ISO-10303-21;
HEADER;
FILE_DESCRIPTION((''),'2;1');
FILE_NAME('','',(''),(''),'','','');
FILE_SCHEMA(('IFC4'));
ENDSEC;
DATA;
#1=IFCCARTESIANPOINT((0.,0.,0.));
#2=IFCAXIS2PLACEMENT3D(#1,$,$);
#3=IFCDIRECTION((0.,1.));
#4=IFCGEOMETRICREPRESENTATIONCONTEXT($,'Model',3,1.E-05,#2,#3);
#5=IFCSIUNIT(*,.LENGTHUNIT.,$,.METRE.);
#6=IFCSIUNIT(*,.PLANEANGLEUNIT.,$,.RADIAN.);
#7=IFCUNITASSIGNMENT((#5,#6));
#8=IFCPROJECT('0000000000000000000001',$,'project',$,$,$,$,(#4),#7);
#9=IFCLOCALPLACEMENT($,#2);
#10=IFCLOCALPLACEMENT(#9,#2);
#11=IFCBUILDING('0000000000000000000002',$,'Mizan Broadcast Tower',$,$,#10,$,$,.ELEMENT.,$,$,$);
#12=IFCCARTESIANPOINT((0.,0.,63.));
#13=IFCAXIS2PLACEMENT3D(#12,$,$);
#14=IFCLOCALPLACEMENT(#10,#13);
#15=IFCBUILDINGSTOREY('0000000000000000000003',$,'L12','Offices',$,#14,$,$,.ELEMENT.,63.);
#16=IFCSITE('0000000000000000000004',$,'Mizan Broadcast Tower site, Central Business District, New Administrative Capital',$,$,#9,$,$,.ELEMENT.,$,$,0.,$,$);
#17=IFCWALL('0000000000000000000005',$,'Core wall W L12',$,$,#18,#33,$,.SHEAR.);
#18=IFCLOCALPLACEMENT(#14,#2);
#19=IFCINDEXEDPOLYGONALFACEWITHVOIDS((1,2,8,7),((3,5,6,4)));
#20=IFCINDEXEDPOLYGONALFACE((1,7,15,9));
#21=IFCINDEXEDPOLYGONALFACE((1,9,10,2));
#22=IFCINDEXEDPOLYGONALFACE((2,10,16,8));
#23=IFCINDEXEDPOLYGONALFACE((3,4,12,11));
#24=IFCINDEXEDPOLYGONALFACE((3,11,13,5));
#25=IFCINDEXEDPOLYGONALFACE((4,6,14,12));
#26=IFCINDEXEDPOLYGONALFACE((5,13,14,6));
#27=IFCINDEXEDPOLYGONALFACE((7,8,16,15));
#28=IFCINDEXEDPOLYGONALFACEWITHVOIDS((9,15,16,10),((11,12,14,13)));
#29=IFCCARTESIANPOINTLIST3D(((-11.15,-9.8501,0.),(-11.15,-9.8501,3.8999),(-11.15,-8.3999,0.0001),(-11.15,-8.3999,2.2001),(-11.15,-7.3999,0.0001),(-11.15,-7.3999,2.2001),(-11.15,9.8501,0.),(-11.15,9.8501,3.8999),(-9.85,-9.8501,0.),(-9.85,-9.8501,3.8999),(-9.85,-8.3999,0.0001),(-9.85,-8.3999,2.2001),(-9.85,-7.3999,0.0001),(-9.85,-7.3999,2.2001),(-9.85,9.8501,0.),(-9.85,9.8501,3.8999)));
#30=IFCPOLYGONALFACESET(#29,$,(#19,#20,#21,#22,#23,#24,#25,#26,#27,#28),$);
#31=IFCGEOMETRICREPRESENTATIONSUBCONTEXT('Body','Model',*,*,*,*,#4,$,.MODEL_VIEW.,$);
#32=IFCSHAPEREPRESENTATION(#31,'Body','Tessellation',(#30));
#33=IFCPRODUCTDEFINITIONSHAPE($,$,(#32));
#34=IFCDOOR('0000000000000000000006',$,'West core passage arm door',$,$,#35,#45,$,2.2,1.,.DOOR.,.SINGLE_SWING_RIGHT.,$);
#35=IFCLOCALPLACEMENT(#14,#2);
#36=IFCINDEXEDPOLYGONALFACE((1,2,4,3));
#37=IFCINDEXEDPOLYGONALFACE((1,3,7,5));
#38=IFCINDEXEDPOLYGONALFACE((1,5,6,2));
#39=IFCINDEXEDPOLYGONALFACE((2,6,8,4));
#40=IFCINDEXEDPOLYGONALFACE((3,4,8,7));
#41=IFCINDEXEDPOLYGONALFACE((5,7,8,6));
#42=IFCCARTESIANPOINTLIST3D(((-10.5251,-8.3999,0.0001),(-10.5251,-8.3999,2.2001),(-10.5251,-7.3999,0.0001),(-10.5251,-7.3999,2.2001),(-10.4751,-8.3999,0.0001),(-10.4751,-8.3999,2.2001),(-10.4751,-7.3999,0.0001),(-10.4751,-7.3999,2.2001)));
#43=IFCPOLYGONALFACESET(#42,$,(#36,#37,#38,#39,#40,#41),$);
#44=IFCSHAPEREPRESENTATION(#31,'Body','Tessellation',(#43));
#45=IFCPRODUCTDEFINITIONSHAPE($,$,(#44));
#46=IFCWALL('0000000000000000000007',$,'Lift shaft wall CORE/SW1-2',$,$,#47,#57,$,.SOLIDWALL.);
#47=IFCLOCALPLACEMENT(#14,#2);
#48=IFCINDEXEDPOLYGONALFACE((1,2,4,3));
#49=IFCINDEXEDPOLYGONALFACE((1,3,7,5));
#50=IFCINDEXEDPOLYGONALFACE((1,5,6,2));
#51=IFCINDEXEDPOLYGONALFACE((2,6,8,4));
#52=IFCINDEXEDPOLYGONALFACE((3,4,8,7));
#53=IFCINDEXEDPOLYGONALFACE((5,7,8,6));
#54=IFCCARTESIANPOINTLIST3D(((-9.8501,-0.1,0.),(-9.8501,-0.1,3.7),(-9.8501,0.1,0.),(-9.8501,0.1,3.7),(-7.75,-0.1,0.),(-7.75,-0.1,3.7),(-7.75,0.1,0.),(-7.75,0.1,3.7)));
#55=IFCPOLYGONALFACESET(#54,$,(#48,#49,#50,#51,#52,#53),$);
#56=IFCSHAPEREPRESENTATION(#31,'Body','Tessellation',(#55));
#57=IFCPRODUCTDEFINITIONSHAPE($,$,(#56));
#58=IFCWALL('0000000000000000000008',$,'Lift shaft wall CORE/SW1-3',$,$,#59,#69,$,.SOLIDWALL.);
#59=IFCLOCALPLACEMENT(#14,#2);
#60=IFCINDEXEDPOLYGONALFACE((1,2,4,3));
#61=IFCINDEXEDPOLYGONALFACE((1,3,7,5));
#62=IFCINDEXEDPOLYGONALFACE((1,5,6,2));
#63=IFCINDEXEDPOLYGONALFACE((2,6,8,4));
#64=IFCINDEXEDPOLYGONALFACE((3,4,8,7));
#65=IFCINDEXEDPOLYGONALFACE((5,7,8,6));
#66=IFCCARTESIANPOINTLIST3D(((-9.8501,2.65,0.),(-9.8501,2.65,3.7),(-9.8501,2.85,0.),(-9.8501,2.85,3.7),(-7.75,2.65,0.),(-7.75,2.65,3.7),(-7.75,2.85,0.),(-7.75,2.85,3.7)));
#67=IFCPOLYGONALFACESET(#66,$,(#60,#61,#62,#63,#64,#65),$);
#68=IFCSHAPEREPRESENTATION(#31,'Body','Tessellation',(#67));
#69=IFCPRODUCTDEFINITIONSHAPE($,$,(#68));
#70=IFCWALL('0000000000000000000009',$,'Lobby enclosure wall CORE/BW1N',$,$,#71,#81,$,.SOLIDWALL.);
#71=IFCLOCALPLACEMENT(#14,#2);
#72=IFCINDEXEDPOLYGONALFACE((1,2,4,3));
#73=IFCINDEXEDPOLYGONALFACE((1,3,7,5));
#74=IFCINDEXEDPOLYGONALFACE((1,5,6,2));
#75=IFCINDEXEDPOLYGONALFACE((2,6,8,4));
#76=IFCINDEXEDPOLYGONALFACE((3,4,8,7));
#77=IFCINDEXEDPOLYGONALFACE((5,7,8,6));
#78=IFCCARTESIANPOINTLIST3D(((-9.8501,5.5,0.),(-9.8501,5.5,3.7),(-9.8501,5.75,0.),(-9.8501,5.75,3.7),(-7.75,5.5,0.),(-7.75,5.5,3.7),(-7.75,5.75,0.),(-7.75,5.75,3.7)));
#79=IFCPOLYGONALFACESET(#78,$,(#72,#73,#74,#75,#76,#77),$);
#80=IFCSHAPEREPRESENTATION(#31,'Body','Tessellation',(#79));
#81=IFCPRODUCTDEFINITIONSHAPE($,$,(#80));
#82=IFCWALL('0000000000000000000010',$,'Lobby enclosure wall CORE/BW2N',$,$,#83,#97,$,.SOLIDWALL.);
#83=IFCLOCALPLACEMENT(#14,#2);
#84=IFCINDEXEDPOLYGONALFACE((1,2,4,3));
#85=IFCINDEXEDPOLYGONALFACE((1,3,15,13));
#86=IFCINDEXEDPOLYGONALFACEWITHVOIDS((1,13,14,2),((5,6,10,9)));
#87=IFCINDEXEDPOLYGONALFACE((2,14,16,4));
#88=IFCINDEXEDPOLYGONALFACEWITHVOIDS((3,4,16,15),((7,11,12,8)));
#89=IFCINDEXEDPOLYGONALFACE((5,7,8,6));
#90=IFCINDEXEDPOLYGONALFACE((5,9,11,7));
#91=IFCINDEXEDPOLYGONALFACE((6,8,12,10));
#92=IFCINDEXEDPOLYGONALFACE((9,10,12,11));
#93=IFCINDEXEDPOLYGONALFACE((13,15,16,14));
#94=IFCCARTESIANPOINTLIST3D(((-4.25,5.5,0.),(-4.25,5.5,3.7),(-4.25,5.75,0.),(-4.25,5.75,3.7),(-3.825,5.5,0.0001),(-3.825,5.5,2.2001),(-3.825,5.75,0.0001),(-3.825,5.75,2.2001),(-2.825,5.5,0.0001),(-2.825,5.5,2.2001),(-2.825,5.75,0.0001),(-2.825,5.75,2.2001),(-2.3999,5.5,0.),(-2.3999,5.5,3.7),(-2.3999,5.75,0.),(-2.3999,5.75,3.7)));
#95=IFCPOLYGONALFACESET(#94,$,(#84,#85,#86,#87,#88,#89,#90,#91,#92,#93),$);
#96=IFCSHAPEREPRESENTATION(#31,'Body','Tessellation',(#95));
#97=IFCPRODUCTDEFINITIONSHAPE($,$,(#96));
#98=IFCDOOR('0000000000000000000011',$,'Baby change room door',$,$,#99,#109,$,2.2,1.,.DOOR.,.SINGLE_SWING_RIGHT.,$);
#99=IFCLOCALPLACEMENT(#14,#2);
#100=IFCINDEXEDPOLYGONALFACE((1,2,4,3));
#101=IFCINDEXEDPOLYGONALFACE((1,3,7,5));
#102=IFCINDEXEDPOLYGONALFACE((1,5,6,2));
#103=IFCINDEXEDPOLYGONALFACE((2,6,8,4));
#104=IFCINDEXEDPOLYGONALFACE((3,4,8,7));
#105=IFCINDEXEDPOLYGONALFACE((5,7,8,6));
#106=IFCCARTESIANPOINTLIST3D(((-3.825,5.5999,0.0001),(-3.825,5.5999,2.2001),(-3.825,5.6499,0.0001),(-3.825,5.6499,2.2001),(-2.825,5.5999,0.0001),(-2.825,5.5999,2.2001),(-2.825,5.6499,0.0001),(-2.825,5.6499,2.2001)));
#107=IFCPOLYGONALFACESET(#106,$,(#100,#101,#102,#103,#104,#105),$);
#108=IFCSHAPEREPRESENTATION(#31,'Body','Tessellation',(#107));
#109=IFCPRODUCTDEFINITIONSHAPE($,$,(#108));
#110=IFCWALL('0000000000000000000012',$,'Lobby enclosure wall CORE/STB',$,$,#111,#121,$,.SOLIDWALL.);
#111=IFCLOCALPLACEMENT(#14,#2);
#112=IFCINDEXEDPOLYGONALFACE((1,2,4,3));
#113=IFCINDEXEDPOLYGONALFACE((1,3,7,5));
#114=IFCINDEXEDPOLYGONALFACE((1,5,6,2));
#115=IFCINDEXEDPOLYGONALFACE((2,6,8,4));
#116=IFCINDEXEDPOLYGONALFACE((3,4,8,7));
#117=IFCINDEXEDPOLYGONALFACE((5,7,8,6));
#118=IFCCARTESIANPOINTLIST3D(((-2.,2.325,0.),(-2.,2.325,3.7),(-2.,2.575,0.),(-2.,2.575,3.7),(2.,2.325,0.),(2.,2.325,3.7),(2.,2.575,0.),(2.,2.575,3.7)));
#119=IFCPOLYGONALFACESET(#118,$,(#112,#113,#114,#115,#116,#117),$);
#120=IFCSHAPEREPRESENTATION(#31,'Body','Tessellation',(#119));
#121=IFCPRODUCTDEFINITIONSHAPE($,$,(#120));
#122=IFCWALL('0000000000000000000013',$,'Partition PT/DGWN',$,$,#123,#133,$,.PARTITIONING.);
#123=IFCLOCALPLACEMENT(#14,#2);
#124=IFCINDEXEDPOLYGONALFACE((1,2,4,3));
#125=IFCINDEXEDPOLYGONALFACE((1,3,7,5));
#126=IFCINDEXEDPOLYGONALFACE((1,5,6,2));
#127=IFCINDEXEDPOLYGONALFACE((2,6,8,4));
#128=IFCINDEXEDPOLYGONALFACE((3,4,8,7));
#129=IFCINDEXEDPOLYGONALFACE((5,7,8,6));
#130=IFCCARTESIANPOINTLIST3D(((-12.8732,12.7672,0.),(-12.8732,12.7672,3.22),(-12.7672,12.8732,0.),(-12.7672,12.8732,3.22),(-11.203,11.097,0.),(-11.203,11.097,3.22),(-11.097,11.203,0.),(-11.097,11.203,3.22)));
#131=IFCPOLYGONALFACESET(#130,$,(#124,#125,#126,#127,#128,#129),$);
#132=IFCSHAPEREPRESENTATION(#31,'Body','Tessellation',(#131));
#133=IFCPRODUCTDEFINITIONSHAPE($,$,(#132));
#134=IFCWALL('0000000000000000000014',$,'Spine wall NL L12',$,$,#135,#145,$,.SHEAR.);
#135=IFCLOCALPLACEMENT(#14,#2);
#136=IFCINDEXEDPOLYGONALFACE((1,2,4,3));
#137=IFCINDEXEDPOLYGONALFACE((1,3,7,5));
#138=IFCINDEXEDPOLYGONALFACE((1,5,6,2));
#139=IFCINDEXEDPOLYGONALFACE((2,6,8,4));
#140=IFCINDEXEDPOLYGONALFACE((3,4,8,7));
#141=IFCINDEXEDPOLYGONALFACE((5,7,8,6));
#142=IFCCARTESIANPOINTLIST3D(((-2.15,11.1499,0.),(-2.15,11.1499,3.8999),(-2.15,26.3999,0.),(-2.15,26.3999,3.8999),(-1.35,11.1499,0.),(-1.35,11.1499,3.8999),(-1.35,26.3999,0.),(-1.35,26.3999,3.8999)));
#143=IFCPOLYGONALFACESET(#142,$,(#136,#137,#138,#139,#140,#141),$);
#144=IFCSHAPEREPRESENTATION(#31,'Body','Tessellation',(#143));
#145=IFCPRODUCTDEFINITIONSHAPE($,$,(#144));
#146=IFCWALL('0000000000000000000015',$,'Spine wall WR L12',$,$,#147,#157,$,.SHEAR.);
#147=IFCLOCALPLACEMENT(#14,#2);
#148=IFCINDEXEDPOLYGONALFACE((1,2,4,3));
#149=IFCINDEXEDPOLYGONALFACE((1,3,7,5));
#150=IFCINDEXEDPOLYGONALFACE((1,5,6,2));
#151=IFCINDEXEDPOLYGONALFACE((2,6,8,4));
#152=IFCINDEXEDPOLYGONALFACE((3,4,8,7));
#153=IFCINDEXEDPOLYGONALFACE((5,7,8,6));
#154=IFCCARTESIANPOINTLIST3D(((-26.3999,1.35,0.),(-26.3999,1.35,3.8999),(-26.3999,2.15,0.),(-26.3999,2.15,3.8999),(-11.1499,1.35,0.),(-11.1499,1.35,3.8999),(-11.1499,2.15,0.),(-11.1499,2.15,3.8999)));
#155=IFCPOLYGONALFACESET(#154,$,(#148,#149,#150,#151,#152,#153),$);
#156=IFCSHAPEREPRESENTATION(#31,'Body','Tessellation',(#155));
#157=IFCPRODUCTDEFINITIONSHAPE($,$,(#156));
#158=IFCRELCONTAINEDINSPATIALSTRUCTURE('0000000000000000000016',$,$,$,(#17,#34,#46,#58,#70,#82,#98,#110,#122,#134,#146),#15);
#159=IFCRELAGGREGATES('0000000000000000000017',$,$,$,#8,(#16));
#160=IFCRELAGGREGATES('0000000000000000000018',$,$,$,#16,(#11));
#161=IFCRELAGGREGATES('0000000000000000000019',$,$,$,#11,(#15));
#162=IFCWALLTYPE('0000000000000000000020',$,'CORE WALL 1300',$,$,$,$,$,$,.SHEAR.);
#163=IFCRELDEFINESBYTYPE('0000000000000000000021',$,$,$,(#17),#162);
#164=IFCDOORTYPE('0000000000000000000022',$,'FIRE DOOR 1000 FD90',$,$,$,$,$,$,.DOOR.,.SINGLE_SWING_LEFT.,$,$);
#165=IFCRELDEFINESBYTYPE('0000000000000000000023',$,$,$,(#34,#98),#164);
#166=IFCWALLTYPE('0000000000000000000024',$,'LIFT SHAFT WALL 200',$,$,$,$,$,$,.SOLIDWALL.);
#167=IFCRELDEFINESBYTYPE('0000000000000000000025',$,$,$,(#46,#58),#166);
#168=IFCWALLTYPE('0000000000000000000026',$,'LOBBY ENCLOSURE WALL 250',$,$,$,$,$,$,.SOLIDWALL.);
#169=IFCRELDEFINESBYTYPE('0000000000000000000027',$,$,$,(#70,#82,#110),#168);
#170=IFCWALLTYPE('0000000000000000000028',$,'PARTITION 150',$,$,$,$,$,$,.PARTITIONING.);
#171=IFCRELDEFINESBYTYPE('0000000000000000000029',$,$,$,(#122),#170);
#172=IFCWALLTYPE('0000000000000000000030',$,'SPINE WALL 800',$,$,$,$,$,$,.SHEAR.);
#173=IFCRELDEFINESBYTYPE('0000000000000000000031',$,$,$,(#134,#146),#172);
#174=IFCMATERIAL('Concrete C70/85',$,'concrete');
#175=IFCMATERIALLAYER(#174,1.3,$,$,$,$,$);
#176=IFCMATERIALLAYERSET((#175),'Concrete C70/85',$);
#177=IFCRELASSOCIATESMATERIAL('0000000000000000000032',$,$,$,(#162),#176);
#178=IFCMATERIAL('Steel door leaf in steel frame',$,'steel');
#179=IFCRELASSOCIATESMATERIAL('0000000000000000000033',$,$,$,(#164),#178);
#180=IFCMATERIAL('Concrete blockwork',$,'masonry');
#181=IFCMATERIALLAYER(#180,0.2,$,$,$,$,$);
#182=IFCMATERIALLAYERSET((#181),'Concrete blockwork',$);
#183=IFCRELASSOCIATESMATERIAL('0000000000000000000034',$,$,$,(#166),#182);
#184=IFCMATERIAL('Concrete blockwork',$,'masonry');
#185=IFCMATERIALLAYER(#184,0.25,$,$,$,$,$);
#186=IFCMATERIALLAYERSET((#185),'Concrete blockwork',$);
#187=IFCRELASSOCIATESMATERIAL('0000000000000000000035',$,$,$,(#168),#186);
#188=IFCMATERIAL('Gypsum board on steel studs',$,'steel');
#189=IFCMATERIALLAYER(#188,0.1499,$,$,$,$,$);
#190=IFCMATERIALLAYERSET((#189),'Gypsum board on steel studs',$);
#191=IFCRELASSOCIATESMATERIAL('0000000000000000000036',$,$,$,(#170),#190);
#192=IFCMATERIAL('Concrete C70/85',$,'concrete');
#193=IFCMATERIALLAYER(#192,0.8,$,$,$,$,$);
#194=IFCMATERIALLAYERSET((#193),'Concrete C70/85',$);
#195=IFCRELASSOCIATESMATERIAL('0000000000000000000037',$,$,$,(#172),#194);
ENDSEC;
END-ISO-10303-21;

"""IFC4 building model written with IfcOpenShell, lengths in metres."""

from ifc_helpers import new_model, si_unit, direction, frame, frame_2d, origin, place, context, subcontext, project, spatial, rectangle, extrude, material, layer, layer_set, type_object, element, fill, save


model = new_model("IFC4")

# Units and contexts
model_context = context("Model", 3, precision=1e-05, world=origin(), true_north=direction((0.0, 1.0)))
body_context = subcontext(model_context, "Body", "Model", "MODEL_VIEW")
ifc_project = project(units=[si_unit("LENGTHUNIT", "METRE"), si_unit("PLANEANGLEUNIT", "RADIAN")], contexts=[model_context])

# Site, building, storey
site_placement = place(None, origin())
site = spatial("IfcSite", under=ifc_project, at=site_placement, Name="Mizan Broadcast Tower site, Central Business District, New Administrative Capital", CompositionType="ELEMENT", RefElevation=0.0)
building_placement = place(site_placement, origin())
building = spatial("IfcBuilding", under=site, at=building_placement, Name="Mizan Broadcast Tower", CompositionType="ELEMENT")
storey_placement = place(building_placement, frame((0.0, 0.0, 63.0)))
storey = spatial("IfcBuildingStorey", under=building, at=storey_placement, Name="L12", Description="Offices", CompositionType="ELEMENT", Elevation=63.0)

# Shared definitions
ifc_material_1 = material(Name="Concrete C70/85", Category="concrete")
ifc_layer_1 = layer(ifc_material_1, 1.3)
ifc_layer_set_1 = layer_set([ifc_layer_1], Name="Concrete C70/85")
wall_type_1 = type_object("IfcWallType", Name="CORE WALL 1300", PredefinedType="SHEAR", material=ifc_layer_set_1)

# Wall, opening, door
wall_1_placement = place(storey_placement, frame((-10.5, 9.8501, 0.0), z_axis=(0.0, 0.0, 1.0), x_axis=(0.0, -1.0, 0.0)))
wall_1 = element("IfcWall", 1, at=wall_1_placement, inside=storey, type_object=wall_type_1, Name="Core wall W L12", PredefinedType="SHEAR", context=body_context, shape_type="SweptSolid", body=[
    extrude(rectangle(XDim=19.7002, YDim=1.3, at=frame_2d((9.8501, 0.0))), origin(), (0.0, 0.0, 1.0), 3.8999),
])
opening_1_placement = place(wall_1_placement, frame((17.25, 0.0, 0.0)))
opening_1 = element("IfcOpeningElement", 2, at=opening_1_placement, cuts=wall_1, PredefinedType="OPENING", context=body_context, shape_type="SweptSolid", body=[
    extrude(rectangle(XDim=1.0, YDim=2.2, at=frame_2d((0.5, 1.1001))), frame((0.0, 0.6599, 0.0), z_axis=(0.0, -1.0, 0.0), x_axis=(1.0, 0.0, 0.0)), (0.0, 0.0, 1.0), 1.3201),
])
ifc_material_2 = material(Name="Steel door leaf in steel frame", Category="steel")
door_type_1 = type_object("IfcDoorType", Name="FIRE DOOR 1000 FD90", OperationType="SINGLE_SWING_LEFT", PredefinedType="DOOR", material=ifc_material_2)
door_1_placement = place(opening_1_placement, origin())
door_1 = element("IfcDoor", 3, at=door_1_placement, inside=storey, type_object=door_type_1, Name="West core passage arm door", OperationType="SINGLE_SWING_RIGHT", OverallHeight=2.2, OverallWidth=1.0, PredefinedType="DOOR", context=body_context, shape_type="SweptSolid", body=[
    extrude(rectangle(XDim=1.0, YDim=2.2, at=frame_2d((0.5, 1.1001))), frame((0.0, 0.0249, 0.0), z_axis=(0.0, -1.0, 0.0), x_axis=(1.0, 0.0, 0.0)), (0.0, 0.0, 1.0), 0.05),
])
fill(opening_1, door_1)

# Walls
ifc_material_3 = material(Name="Concrete blockwork", Category="masonry")
ifc_layer_2 = layer(ifc_material_3, 0.2)
ifc_layer_set_2 = layer_set([ifc_layer_2], Name="Concrete blockwork")
wall_type_2 = type_object("IfcWallType", Name="LIFT SHAFT WALL 200", PredefinedType="SOLIDWALL", material=ifc_layer_set_2)
for number, where, z_axis, x_axis, name in (
    (4, (-9.8501, 0.0, 0.0), (0.0, 0.0, 1.0), (1.0, 0.0, 0.0), "Lift shaft wall CORE/SW1-2"),
    (5, (-9.8501, 2.75, 0.0), (0.0, 0.0, 1.0), (1.0, 0.0, 0.0), "Lift shaft wall CORE/SW1-3"),
):
    element("IfcWall", number, at=place(storey_placement, frame(where, z_axis=z_axis, x_axis=x_axis)), inside=storey, type_object=wall_type_2, Name=name, PredefinedType="SOLIDWALL", context=body_context, shape_type="SweptSolid", body=[
        extrude(rectangle(XDim=2.1001, YDim=0.2, at=frame_2d((1.05, 0.0))), origin(), (0.0, 0.0, 1.0), 3.7),
    ])
ifc_material_4 = material(Name="Concrete blockwork", Category="masonry")
ifc_layer_3 = layer(ifc_material_4, 0.25)
ifc_layer_set_3 = layer_set([ifc_layer_3], Name="Concrete blockwork")
wall_type_3 = type_object("IfcWallType", Name="LOBBY ENCLOSURE WALL 250", PredefinedType="SOLIDWALL", material=ifc_layer_set_3)
wall_2_placement = place(storey_placement, frame((-9.8501, 5.625, 0.0), z_axis=(0.0, 0.0, 1.0), x_axis=(1.0, 0.0, 0.0)))
element("IfcWall", 6, at=wall_2_placement, inside=storey, type_object=wall_type_3, Name="Lobby enclosure wall CORE/BW1N", PredefinedType="SOLIDWALL", context=body_context, shape_type="SweptSolid", body=[
    extrude(rectangle(XDim=2.1001, YDim=0.25, at=frame_2d((1.05, 0.0))), origin(), (0.0, 0.0, 1.0), 3.7),
])

# Wall, opening, door
wall_3_placement = place(storey_placement, frame((-4.25, 5.625, 0.0), z_axis=(0.0, 0.0, 1.0), x_axis=(1.0, 0.0, 0.0)))
wall_3 = element("IfcWall", 7, at=wall_3_placement, inside=storey, type_object=wall_type_3, Name="Lobby enclosure wall CORE/BW2N", PredefinedType="SOLIDWALL", context=body_context, shape_type="SweptSolid", body=[
    extrude(rectangle(XDim=1.8501, YDim=0.25, at=frame_2d((0.925, 0.0))), origin(), (0.0, 0.0, 1.0), 3.7),
])
opening_2_placement = place(wall_3_placement, frame((0.425, 0.0, 0.0)))
opening_2 = element("IfcOpeningElement", 8, at=opening_2_placement, cuts=wall_3, PredefinedType="OPENING", context=body_context, shape_type="SweptSolid", body=[
    extrude(rectangle(XDim=1.0, YDim=2.2, at=frame_2d((0.5, 1.1001))), frame((0.0, 0.135, 0.0), z_axis=(0.0, -1.0, 0.0), x_axis=(1.0, 0.0, 0.0)), (0.0, 0.0, 1.0), 0.27),
])
door_2_placement = place(opening_2_placement, origin())
door_2 = element("IfcDoor", 9, at=door_2_placement, inside=storey, type_object=door_type_1, Name="Baby change room door", OperationType="SINGLE_SWING_RIGHT", OverallHeight=2.2, OverallWidth=1.0, PredefinedType="DOOR", context=body_context, shape_type="SweptSolid", body=[
    extrude(rectangle(XDim=1.0, YDim=2.2, at=frame_2d((0.5, 1.1001))), frame((0.0, 0.0249, 0.0), z_axis=(0.0, -1.0, 0.0), x_axis=(1.0, 0.0, 0.0)), (0.0, 0.0, 1.0), 0.05),
])
fill(opening_2, door_2)

# Walls
wall_4_placement = place(storey_placement, frame((-2.0, 2.45, 0.0), z_axis=(0.0, 0.0, 1.0), x_axis=(1.0, 0.0, 0.0)))
element("IfcWall", 10, at=wall_4_placement, inside=storey, type_object=wall_type_3, Name="Lobby enclosure wall CORE/STB", PredefinedType="SOLIDWALL", context=body_context, shape_type="SweptSolid", body=[
    extrude(rectangle(XDim=4.0, YDim=0.25, at=frame_2d((2.0, 0.0))), origin(), (0.0, 0.0, 1.0), 3.7),
])
ifc_material_5 = material(Name="Gypsum board on steel studs", Category="steel")
ifc_layer_4 = layer(ifc_material_5, 0.1499)
ifc_layer_set_4 = layer_set([ifc_layer_4], Name="Gypsum board on steel studs")
wall_type_4 = type_object("IfcWallType", Name="PARTITION 150", PredefinedType="PARTITIONING", material=ifc_layer_set_4)
wall_5_placement = place(storey_placement, frame((-11.1499, 11.1499, 0.0), z_axis=(0.0, 0.0, 1.0), x_axis=(-0.707107, 0.707107, 0.0)))
element("IfcWall", 11, at=wall_5_placement, inside=storey, type_object=wall_type_4, Name="Partition PT/DGWN", PredefinedType="PARTITIONING", context=body_context, shape_type="SweptSolid", body=[
    extrude(rectangle(XDim=2.3621, YDim=0.1499, at=frame_2d((1.1812, 0.0))), origin(), (0.0, 0.0, 1.0), 3.22),
])
ifc_material_6 = material(Name="Concrete C70/85", Category="concrete")
ifc_layer_5 = layer(ifc_material_6, 0.8)
ifc_layer_set_5 = layer_set([ifc_layer_5], Name="Concrete C70/85")
wall_type_5 = type_object("IfcWallType", Name="SPINE WALL 800", PredefinedType="SHEAR", material=ifc_layer_set_5)
for number, where, z_axis, x_axis, name in (
    (12, (-1.75, 11.1499, 0.0), (0.0, 0.0, 1.0), (0.0, 1.0, 0.0), "Spine wall NL L12"),
    (13, (-11.1499, 1.75, 0.0), (0.0, 0.0, 1.0), (-1.0, 0.0, 0.0), "Spine wall WR L12"),
):
    element("IfcWall", number, at=place(storey_placement, frame(where, z_axis=z_axis, x_axis=x_axis)), inside=storey, type_object=wall_type_5, Name=name, PredefinedType="SHEAR", context=body_context, shape_type="SweptSolid", body=[
        extrude(rectangle(XDim=15.25, YDim=0.8, at=frame_2d((7.625, 0.0))), origin(), (0.0, 0.0, 1.0), 3.8999),
    ])

save(model, "model.ifc")
